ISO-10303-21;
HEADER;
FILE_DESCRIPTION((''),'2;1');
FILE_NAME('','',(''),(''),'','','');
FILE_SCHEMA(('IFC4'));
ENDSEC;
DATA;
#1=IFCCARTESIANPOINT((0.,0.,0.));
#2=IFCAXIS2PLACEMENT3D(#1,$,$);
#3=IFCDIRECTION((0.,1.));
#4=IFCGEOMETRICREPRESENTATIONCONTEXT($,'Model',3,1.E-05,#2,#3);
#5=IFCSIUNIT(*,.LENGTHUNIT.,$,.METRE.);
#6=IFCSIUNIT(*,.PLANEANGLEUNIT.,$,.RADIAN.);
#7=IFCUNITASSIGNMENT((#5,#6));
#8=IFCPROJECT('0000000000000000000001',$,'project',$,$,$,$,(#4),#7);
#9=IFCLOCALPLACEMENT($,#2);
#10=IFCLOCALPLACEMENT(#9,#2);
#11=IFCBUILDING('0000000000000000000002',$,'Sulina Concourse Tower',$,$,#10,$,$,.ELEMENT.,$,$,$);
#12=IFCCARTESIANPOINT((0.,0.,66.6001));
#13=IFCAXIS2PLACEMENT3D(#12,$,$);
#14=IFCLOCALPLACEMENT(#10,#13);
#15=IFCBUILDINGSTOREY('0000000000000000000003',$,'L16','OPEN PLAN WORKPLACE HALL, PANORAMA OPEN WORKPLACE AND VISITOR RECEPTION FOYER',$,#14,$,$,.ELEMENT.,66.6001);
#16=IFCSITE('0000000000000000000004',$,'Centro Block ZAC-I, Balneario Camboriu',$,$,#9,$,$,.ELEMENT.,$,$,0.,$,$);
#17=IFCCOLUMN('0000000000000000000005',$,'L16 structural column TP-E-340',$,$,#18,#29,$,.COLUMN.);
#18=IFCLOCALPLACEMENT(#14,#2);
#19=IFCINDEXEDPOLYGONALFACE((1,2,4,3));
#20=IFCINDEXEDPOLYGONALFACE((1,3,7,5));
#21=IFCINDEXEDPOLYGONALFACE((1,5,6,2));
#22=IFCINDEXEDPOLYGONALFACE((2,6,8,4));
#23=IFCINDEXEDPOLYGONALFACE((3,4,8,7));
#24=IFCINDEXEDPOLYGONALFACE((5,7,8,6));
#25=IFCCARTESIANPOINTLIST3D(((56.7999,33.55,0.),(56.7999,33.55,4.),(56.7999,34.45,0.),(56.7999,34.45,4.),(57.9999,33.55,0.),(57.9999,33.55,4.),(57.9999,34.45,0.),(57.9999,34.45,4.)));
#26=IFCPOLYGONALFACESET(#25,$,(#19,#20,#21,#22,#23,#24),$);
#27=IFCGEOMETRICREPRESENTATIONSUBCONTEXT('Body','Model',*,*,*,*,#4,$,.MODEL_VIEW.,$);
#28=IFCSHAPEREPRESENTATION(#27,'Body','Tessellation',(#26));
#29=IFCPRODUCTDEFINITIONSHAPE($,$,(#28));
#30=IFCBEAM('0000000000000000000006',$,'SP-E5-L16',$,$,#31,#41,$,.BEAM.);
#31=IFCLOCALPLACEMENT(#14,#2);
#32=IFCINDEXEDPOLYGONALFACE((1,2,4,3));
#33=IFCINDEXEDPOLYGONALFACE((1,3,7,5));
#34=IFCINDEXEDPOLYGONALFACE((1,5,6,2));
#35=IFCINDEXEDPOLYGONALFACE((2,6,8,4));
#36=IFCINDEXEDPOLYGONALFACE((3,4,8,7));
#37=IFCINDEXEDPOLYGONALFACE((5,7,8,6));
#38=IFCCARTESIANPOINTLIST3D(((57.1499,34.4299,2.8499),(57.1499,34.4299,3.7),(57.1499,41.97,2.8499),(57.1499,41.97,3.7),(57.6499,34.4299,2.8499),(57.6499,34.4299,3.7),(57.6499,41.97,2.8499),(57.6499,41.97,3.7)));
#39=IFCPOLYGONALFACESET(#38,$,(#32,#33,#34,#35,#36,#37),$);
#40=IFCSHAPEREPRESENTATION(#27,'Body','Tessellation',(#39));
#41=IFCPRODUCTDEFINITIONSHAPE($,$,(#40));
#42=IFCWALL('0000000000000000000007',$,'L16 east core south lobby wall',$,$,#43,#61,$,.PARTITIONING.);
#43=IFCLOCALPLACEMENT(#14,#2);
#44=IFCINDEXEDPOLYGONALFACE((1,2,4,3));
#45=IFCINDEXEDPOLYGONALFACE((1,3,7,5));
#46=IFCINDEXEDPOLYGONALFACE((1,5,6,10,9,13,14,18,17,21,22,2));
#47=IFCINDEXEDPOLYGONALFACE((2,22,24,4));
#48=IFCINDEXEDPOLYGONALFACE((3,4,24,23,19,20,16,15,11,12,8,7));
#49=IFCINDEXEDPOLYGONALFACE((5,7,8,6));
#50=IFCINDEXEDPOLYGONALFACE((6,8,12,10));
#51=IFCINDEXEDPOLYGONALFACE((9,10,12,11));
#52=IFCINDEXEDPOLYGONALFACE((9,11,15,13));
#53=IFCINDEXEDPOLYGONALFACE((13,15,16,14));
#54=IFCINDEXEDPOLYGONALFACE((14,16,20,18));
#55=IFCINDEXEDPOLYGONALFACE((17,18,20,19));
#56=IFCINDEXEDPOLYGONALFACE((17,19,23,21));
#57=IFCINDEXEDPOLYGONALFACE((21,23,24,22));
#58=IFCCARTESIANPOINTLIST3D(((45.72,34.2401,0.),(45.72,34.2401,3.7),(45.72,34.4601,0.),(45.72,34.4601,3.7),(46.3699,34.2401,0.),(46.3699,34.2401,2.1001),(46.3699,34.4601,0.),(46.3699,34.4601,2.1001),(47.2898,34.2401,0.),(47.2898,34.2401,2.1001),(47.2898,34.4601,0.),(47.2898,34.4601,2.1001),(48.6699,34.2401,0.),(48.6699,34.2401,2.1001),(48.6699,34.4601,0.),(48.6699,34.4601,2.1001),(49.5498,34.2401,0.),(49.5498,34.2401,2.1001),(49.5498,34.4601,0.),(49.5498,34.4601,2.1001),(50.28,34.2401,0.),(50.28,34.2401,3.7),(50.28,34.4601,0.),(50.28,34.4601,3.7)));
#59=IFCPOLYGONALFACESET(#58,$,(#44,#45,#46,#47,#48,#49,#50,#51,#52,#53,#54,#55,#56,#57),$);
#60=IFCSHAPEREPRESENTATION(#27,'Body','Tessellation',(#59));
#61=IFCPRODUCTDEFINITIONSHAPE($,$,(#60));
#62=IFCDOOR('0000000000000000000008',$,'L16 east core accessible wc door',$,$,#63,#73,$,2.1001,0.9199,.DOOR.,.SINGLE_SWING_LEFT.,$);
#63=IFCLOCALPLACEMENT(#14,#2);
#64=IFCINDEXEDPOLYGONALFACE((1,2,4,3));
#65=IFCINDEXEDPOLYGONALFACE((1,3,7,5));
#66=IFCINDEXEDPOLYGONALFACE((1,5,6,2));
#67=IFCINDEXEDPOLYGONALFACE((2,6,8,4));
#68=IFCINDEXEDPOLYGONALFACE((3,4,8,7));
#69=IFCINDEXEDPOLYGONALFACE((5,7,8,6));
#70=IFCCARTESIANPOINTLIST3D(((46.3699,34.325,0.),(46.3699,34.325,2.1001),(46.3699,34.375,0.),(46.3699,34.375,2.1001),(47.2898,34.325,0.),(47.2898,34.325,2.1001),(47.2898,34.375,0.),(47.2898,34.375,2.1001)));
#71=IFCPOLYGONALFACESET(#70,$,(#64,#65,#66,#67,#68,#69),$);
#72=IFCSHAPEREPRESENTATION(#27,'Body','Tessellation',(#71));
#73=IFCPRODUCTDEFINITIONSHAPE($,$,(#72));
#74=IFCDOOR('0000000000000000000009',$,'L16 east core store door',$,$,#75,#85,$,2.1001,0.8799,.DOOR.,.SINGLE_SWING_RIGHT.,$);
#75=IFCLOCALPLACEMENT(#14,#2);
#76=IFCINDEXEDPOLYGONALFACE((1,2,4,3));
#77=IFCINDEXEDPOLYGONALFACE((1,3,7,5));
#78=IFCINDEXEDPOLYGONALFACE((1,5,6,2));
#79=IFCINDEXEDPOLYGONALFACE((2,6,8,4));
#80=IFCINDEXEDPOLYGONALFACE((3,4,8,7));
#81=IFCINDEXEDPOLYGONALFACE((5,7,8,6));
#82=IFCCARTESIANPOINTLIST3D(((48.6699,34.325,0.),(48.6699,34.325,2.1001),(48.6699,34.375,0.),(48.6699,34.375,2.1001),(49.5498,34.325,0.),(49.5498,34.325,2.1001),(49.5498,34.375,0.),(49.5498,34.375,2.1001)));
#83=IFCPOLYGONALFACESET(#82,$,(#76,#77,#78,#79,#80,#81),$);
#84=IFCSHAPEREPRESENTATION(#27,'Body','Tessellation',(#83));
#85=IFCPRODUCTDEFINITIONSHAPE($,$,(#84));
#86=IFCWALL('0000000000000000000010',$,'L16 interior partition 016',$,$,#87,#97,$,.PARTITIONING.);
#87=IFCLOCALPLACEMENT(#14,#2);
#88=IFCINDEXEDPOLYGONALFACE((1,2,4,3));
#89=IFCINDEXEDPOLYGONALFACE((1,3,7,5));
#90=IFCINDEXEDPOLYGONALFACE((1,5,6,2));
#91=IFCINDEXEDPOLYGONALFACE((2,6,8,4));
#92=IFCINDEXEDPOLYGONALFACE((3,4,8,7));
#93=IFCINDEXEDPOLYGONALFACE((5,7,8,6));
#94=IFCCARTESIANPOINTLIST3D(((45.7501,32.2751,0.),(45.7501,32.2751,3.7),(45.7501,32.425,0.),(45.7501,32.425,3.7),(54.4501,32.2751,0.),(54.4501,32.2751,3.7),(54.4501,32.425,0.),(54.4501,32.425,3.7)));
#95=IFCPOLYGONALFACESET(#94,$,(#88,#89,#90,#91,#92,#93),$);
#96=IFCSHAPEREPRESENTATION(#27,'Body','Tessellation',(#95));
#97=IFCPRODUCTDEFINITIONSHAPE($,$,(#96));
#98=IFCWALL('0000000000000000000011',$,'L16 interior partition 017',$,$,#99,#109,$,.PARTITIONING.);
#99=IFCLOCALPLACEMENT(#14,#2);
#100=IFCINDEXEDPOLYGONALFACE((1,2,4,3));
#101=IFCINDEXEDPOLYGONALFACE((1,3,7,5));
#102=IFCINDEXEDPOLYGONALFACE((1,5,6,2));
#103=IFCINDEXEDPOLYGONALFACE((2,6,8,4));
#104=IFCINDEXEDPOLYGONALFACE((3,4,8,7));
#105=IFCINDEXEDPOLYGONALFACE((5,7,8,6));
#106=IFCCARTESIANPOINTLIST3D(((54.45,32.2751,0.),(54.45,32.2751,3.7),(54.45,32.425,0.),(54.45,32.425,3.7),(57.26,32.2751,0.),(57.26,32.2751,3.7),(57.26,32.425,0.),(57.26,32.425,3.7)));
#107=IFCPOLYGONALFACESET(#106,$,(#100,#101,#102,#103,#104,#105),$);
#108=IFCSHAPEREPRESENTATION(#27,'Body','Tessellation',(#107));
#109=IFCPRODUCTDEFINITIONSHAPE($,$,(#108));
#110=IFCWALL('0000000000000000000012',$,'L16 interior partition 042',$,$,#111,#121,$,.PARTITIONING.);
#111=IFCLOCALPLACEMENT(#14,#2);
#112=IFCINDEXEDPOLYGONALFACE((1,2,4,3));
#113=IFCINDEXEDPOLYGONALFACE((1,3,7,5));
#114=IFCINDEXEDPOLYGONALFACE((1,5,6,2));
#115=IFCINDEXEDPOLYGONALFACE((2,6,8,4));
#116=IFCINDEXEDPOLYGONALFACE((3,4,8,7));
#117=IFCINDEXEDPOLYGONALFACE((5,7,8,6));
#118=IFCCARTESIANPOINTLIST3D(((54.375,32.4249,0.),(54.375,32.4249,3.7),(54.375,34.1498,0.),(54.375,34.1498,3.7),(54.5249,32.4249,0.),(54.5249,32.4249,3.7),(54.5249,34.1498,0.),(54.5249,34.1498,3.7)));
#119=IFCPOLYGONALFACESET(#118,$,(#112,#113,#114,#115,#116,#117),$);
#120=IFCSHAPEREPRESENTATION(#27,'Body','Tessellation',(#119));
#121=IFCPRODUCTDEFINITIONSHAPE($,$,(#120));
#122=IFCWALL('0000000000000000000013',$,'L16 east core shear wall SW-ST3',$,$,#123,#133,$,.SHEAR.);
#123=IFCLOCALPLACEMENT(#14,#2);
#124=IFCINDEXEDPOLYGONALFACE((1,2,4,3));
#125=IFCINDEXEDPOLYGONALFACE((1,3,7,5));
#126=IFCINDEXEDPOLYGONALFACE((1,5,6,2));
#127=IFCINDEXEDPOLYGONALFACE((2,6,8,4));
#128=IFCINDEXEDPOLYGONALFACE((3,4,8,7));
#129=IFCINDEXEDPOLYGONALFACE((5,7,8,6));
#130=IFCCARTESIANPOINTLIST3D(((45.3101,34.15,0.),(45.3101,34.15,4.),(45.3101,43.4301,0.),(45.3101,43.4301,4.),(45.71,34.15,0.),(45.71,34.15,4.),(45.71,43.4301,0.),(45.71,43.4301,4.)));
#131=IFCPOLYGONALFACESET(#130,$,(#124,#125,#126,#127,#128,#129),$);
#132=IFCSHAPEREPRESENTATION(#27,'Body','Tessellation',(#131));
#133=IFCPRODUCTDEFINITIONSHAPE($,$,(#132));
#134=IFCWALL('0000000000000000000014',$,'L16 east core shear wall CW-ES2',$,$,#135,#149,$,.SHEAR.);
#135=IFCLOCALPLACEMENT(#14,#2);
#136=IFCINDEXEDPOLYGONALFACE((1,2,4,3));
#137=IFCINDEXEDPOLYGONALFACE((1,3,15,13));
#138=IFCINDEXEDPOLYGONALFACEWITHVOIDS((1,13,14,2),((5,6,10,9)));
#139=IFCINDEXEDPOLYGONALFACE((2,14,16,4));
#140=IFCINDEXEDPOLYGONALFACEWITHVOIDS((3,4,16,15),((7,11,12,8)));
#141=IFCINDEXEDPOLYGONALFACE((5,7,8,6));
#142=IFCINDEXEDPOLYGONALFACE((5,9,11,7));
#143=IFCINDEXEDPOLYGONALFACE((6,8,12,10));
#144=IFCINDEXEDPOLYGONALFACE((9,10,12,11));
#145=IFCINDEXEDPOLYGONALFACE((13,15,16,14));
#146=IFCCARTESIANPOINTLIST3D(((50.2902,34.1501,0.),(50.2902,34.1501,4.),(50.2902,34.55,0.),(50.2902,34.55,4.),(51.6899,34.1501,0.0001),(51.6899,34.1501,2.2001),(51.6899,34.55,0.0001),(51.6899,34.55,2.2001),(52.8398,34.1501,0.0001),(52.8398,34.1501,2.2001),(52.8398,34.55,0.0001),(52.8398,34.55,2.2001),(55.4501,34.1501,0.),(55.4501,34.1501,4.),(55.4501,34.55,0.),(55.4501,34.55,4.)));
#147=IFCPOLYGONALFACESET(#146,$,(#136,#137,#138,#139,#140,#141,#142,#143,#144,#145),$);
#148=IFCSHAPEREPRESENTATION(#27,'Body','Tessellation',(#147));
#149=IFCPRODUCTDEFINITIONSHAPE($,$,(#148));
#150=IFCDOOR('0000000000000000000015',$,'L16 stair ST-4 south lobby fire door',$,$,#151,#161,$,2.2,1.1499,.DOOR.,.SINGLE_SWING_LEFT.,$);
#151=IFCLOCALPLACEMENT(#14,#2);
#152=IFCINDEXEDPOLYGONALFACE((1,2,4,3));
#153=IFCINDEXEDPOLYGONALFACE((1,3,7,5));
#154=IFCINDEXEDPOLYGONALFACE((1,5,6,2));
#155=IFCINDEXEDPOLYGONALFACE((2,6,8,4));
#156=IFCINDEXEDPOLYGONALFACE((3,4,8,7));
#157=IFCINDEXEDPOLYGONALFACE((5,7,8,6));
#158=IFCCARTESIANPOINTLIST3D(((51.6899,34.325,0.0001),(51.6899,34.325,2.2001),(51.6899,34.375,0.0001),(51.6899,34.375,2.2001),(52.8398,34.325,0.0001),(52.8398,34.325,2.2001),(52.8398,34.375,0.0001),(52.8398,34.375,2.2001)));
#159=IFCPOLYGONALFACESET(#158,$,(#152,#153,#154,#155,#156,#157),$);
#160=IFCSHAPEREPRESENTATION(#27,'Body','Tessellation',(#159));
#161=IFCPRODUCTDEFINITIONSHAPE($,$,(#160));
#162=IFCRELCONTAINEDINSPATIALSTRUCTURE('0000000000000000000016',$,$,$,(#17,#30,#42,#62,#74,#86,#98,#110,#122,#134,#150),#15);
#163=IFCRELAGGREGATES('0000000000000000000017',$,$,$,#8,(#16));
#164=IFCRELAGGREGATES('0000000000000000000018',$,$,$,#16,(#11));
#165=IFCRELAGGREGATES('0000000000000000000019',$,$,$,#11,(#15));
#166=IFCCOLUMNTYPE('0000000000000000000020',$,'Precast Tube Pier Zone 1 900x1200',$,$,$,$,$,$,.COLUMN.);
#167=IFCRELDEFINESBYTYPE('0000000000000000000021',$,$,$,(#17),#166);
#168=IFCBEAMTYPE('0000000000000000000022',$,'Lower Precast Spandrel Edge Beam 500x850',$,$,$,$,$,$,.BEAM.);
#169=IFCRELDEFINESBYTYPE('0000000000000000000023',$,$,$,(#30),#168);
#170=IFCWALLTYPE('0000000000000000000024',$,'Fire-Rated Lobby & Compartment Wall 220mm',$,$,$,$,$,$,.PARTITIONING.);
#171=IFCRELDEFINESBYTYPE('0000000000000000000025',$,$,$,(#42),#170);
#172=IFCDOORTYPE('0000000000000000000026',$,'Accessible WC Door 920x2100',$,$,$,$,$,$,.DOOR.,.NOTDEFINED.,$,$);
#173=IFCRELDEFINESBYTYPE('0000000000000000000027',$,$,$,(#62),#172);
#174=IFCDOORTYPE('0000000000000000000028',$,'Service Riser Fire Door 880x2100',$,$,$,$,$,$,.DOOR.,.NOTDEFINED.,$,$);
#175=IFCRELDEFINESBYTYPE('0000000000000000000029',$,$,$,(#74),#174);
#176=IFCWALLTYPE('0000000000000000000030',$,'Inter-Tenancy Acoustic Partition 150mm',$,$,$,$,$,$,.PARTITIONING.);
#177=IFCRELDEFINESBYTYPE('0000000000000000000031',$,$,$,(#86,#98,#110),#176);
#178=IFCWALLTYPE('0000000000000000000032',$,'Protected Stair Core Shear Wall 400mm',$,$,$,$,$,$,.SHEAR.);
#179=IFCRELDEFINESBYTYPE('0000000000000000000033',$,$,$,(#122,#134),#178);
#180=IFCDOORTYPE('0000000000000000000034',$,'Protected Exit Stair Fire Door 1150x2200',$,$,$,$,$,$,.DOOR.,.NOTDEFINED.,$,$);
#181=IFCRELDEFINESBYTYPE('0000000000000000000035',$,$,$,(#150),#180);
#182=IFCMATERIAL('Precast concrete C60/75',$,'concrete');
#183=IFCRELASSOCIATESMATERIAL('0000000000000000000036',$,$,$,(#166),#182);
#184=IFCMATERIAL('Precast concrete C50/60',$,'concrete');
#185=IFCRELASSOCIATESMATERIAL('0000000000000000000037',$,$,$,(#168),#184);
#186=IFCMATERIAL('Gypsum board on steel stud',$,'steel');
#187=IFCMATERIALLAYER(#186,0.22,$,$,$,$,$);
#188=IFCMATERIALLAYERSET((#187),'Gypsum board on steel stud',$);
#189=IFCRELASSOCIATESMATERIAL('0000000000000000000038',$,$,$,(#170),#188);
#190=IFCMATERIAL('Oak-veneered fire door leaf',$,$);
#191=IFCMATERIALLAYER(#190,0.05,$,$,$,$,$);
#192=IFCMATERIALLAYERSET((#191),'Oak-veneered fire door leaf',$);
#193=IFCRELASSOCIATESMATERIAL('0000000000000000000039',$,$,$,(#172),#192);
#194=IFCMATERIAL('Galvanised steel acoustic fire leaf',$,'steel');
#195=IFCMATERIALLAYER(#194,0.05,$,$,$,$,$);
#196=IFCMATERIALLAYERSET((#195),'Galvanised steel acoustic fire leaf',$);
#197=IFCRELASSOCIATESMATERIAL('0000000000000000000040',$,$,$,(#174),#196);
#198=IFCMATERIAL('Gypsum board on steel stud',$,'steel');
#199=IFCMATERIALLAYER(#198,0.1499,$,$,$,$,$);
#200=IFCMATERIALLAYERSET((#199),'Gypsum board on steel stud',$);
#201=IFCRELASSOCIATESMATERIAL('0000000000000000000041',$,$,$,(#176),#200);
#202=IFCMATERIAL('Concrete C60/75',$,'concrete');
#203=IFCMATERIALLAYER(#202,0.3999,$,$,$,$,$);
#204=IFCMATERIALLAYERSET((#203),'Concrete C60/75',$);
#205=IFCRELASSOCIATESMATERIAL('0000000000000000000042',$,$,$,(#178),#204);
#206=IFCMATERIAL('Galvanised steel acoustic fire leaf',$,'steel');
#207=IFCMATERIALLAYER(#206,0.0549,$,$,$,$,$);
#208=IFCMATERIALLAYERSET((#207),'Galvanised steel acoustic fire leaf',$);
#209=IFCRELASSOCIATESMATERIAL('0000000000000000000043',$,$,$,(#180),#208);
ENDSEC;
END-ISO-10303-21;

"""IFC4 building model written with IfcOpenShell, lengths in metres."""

from ifc_helpers import new_model, si_unit, direction, frame, frame_2d, origin, origin_2d, place, context, subcontext, project, spatial, rectangle, extrude, material, layer, layer_set, material_profile, profile_set, type_object, element, fill, save


model = new_model("IFC4")

# Units and contexts
model_context = context("Model", 3, precision=1e-05, world=origin(), true_north=direction((0.0, 1.0)))
body_context = subcontext(model_context, "Body", "Model", "MODEL_VIEW")
ifc_project = project(units=[si_unit("LENGTHUNIT", "METRE"), si_unit("PLANEANGLEUNIT", "RADIAN")], contexts=[model_context])

# Site, building, storey
site_placement = place(None, origin())
site = spatial("IfcSite", under=ifc_project, at=site_placement, Name="Centro Block ZAC-I, Balneario Camboriu", CompositionType="ELEMENT", RefElevation=0.0)
building_placement = place(site_placement, origin())
building = spatial("IfcBuilding", under=site, at=building_placement, Name="Sulina Concourse Tower", CompositionType="ELEMENT")
storey_placement = place(building_placement, frame((0.0, 0.0, 66.6001)))
storey = spatial("IfcBuildingStorey", under=building, at=storey_placement, Name="L16", Description="OPEN PLAN WORKPLACE HALL, PANORAMA OPEN WORKPLACE AND VISITOR RECEPTION FOYER", CompositionType="ELEMENT", Elevation=66.6001)

# Column
ifc_material_1 = material(Name="Precast concrete C60/75", Category="concrete")
ifc_material_profile_1 = material_profile(ifc_material_1, rectangle(XDim=0.8999, YDim=1.2, at=origin_2d()), Name="PC 900x1200")
ifc_profile_set_1 = profile_set([ifc_material_profile_1], Name="Precast concrete C60/75")
column_type = type_object("IfcColumnType", Name="Precast Tube Pier Zone 1 900x1200", PredefinedType="COLUMN", material=ifc_profile_set_1)
column_placement = place(storey_placement, frame((57.3999, 34.0, 0.0), z_axis=(0.0, 0.0, 1.0), x_axis=(0.0, 1.0, 0.0)))
element("IfcColumn", 1, at=column_placement, inside=storey, type_object=column_type, Name="L16 structural column TP-E-340", PredefinedType="COLUMN", context=body_context, shape_type="SweptSolid", body=[
    extrude(rectangle(XDim=0.8999, YDim=1.2, at=origin_2d()), origin(), (0.0, 0.0, 1.0), 4.0),
])

# Beam
ifc_material_2 = material(Name="Precast concrete C50/60", Category="concrete")
ifc_material_profile_2 = material_profile(ifc_material_2, rectangle(XDim=0.5, YDim=0.8501, at=origin_2d()), Name="RC 500x850")
ifc_profile_set_2 = profile_set([ifc_material_profile_2], Name="Precast concrete C50/60")
beam_type = type_object("IfcBeamType", Name="Lower Precast Spandrel Edge Beam 500x850", PredefinedType="BEAM", material=ifc_profile_set_2)
beam_placement = place(storey_placement, frame((57.3999, 34.4299, 3.2749), z_axis=(0.0, 1.0, 0.0), x_axis=(-1.0, 0.0, 0.0)))
element("IfcBeam", 2, at=beam_placement, inside=storey, type_object=beam_type, Name="SP-E5-L16", PredefinedType="BEAM", context=body_context, shape_type="SweptSolid", body=[
    extrude(rectangle(XDim=0.5, YDim=0.8501, at=origin_2d()), origin(), (0.0, 0.0, 1.0), 7.54),
])

# Wall, openings, doors
ifc_material_3 = material(Name="Gypsum board on steel stud", Category="steel")
ifc_layer_1 = layer(ifc_material_3, 0.22)
ifc_layer_set_1 = layer_set([ifc_layer_1], Name="Gypsum board on steel stud")
wall_type_1 = type_object("IfcWallType", Name="Fire-Rated Lobby & Compartment Wall 220mm", PredefinedType="PARTITIONING", material=ifc_layer_set_1)
wall_1_placement = place(storey_placement, frame((45.72, 34.3501, 0.0), z_axis=(0.0, 0.0, 1.0), x_axis=(1.0, 0.0, 0.0)))
wall_1 = element("IfcWall", 3, at=wall_1_placement, inside=storey, type_object=wall_type_1, Name="L16 east core south lobby wall", PredefinedType="PARTITIONING", context=body_context, shape_type="SweptSolid", body=[
    extrude(rectangle(XDim=4.5601, YDim=0.22, at=frame_2d((2.28, 0.0))), origin(), (0.0, 0.0, 1.0), 3.7),
])
opening_1_placement = place(wall_1_placement, frame((0.6499, 0.0, 0.0)))
opening_1 = element("IfcOpeningElement", 4, at=opening_1_placement, cuts=wall_1, PredefinedType="OPENING", context=body_context, shape_type="SweptSolid", body=[
    extrude(rectangle(XDim=0.9199, YDim=2.1001, at=frame_2d((0.46, 1.05))), frame((0.0, 0.1199, 0.0), z_axis=(0.0, -1.0, 0.0), x_axis=(1.0, 0.0, 0.0)), (0.0, 0.0, 1.0), 0.24),
])
opening_2_placement = place(wall_1_placement, frame((2.95, 0.0, 0.0)))
opening_2 = element("IfcOpeningElement", 5, at=opening_2_placement, cuts=wall_1, PredefinedType="OPENING", context=body_context, shape_type="SweptSolid", body=[
    extrude(rectangle(XDim=0.8799, YDim=2.1001, at=frame_2d((0.4399, 1.05))), frame((0.0, 0.1199, 0.0), z_axis=(0.0, -1.0, 0.0), x_axis=(1.0, 0.0, 0.0)), (0.0, 0.0, 1.0), 0.24),
])
ifc_material_4 = material(Name="Oak-veneered fire door leaf")
ifc_layer_2 = layer(ifc_material_4, 0.05)
ifc_layer_set_2 = layer_set([ifc_layer_2], Name="Oak-veneered fire door leaf")
door_type_1 = type_object("IfcDoorType", Name="Accessible WC Door 920x2100", OperationType="NOTDEFINED", PredefinedType="DOOR", material=ifc_layer_set_2)
door_1_placement = place(opening_1_placement, origin())
door_1 = element("IfcDoor", 6, at=door_1_placement, inside=storey, type_object=door_type_1, Name="L16 east core accessible wc door", OperationType="SINGLE_SWING_LEFT", OverallHeight=2.1001, OverallWidth=0.9199, PredefinedType="DOOR", context=body_context, shape_type="SweptSolid", body=[
    extrude(rectangle(XDim=0.9199, YDim=2.1001, at=frame_2d((0.46, 1.05))), frame((0.0, 0.0249, 0.0), z_axis=(0.0, -1.0, 0.0), x_axis=(1.0, 0.0, 0.0)), (0.0, 0.0, 1.0), 0.05),
])
fill(opening_1, door_1)
ifc_material_5 = material(Name="Galvanised steel acoustic fire leaf", Category="steel")
ifc_layer_3 = layer(ifc_material_5, 0.05)
ifc_layer_set_3 = layer_set([ifc_layer_3], Name="Galvanised steel acoustic fire leaf")
door_type_2 = type_object("IfcDoorType", Name="Service Riser Fire Door 880x2100", OperationType="NOTDEFINED", PredefinedType="DOOR", material=ifc_layer_set_3)
door_2_placement = place(opening_2_placement, origin())
door_2 = element("IfcDoor", 7, at=door_2_placement, inside=storey, type_object=door_type_2, Name="L16 east core store door", OperationType="SINGLE_SWING_RIGHT", OverallHeight=2.1001, OverallWidth=0.8799, PredefinedType="DOOR", context=body_context, shape_type="SweptSolid", body=[
    extrude(rectangle(XDim=0.8799, YDim=2.1001, at=frame_2d((0.4399, 1.05))), frame((0.0, 0.0249, 0.0), z_axis=(0.0, -1.0, 0.0), x_axis=(1.0, 0.0, 0.0)), (0.0, 0.0, 1.0), 0.05),
])
fill(opening_2, door_2)

# Walls
ifc_material_6 = material(Name="Gypsum board on steel stud", Category="steel")
ifc_layer_4 = layer(ifc_material_6, 0.1499)
ifc_layer_set_4 = layer_set([ifc_layer_4], Name="Gypsum board on steel stud")
wall_type_2 = type_object("IfcWallType", Name="Inter-Tenancy Acoustic Partition 150mm", PredefinedType="PARTITIONING", material=ifc_layer_set_4)
wall_2_placement = place(storey_placement, frame((45.75, 32.3501, 0.0), z_axis=(0.0, 0.0, 1.0), x_axis=(1.0, 0.0, 0.0)))
element("IfcWall", 8, at=wall_2_placement, inside=storey, type_object=wall_type_2, Name="L16 interior partition 016", PredefinedType="PARTITIONING", context=body_context, shape_type="SweptSolid", body=[
    extrude(rectangle(XDim=8.7, YDim=0.1499, at=frame_2d((4.3501, 0.0))), origin(), (0.0, 0.0, 1.0), 3.7),
])
wall_3_placement = place(storey_placement, frame((54.45, 32.3501, 0.0), z_axis=(0.0, 0.0, 1.0), x_axis=(1.0, 0.0, 0.0)))
element("IfcWall", 9, at=wall_3_placement, inside=storey, type_object=wall_type_2, Name="L16 interior partition 017", PredefinedType="PARTITIONING", context=body_context, shape_type="SweptSolid", body=[
    extrude(rectangle(XDim=2.8101, YDim=0.1499, at=frame_2d((1.405, 0.0))), origin(), (0.0, 0.0, 1.0), 3.7),
])
wall_4_placement = place(storey_placement, frame((54.45, 32.425, 0.0), z_axis=(0.0, 0.0, 1.0), x_axis=(0.0, 1.0, 0.0)))
element("IfcWall", 10, at=wall_4_placement, inside=storey, type_object=wall_type_2, Name="L16 interior partition 042", PredefinedType="PARTITIONING", context=body_context, shape_type="SweptSolid", body=[
    extrude(rectangle(XDim=1.7249, YDim=0.1499, at=frame_2d((0.8623, 0.0))), origin(), (0.0, 0.0, 1.0), 3.7),
])
ifc_material_7 = material(Name="Concrete C60/75", Category="concrete")
ifc_layer_5 = layer(ifc_material_7, 0.3999)
ifc_layer_set_5 = layer_set([ifc_layer_5], Name="Concrete C60/75")
wall_type_3 = type_object("IfcWallType", Name="Protected Stair Core Shear Wall 400mm", PredefinedType="SHEAR", material=ifc_layer_set_5)
wall_5_placement = place(storey_placement, frame((45.51, 34.1499, 0.0), z_axis=(0.0, 0.0, 1.0), x_axis=(0.0, 1.0, 0.0)))
element("IfcWall", 11, at=wall_5_placement, inside=storey, type_object=wall_type_3, Name="L16 east core shear wall SW-ST3", PredefinedType="SHEAR", context=body_context, shape_type="SweptSolid", body=[
    extrude(rectangle(XDim=9.28, YDim=0.3999, at=frame_2d((4.6401, 0.0))), origin(), (0.0, 0.0, 1.0), 4.0),
])

# Wall, opening, door
wall_6_placement = place(storey_placement, frame((50.29, 34.3501, 0.0), z_axis=(0.0, 0.0, 1.0), x_axis=(1.0, 0.0, 0.0)))
wall_6 = element("IfcWall", 12, at=wall_6_placement, inside=storey, type_object=wall_type_3, Name="L16 east core shear wall CW-ES2", PredefinedType="SHEAR", context=body_context, shape_type="SweptSolid", body=[
    extrude(rectangle(XDim=5.1599, YDim=0.3999, at=frame_2d((2.5801, 0.0))), origin(), (0.0, 0.0, 1.0), 4.0),
])
opening_3_placement = place(wall_6_placement, frame((1.3999, 0.0, 0.0)))
opening_3 = element("IfcOpeningElement", 13, at=opening_3_placement, cuts=wall_6, PredefinedType="OPENING", context=body_context, shape_type="SweptSolid", body=[
    extrude(rectangle(XDim=1.1499, YDim=2.2, at=frame_2d((0.575, 1.1001))), frame((0.0, 0.21, 0.0), z_axis=(0.0, -1.0, 0.0), x_axis=(1.0, 0.0, 0.0)), (0.0, 0.0, 1.0), 0.4199),
])
ifc_material_8 = material(Name="Galvanised steel acoustic fire leaf", Category="steel")
ifc_layer_6 = layer(ifc_material_8, 0.0549)
ifc_layer_set_6 = layer_set([ifc_layer_6], Name="Galvanised steel acoustic fire leaf")
door_type_3 = type_object("IfcDoorType", Name="Protected Exit Stair Fire Door 1150x2200", OperationType="NOTDEFINED", PredefinedType="DOOR", material=ifc_layer_set_6)
door_3_placement = place(opening_3_placement, origin())
door_3 = element("IfcDoor", 14, at=door_3_placement, inside=storey, type_object=door_type_3, Name="L16 stair ST-4 south lobby fire door", OperationType="SINGLE_SWING_LEFT", OverallHeight=2.2, OverallWidth=1.1499, PredefinedType="DOOR", context=body_context, shape_type="SweptSolid", body=[
    extrude(rectangle(XDim=1.1499, YDim=2.2, at=frame_2d((0.575, 1.1001))), frame((0.0, 0.0249, 0.0), z_axis=(0.0, -1.0, 0.0), x_axis=(1.0, 0.0, 0.0)), (0.0, 0.0, 1.0), 0.05),
])
fill(opening_3, door_3)

save(model, "model.ifc")
